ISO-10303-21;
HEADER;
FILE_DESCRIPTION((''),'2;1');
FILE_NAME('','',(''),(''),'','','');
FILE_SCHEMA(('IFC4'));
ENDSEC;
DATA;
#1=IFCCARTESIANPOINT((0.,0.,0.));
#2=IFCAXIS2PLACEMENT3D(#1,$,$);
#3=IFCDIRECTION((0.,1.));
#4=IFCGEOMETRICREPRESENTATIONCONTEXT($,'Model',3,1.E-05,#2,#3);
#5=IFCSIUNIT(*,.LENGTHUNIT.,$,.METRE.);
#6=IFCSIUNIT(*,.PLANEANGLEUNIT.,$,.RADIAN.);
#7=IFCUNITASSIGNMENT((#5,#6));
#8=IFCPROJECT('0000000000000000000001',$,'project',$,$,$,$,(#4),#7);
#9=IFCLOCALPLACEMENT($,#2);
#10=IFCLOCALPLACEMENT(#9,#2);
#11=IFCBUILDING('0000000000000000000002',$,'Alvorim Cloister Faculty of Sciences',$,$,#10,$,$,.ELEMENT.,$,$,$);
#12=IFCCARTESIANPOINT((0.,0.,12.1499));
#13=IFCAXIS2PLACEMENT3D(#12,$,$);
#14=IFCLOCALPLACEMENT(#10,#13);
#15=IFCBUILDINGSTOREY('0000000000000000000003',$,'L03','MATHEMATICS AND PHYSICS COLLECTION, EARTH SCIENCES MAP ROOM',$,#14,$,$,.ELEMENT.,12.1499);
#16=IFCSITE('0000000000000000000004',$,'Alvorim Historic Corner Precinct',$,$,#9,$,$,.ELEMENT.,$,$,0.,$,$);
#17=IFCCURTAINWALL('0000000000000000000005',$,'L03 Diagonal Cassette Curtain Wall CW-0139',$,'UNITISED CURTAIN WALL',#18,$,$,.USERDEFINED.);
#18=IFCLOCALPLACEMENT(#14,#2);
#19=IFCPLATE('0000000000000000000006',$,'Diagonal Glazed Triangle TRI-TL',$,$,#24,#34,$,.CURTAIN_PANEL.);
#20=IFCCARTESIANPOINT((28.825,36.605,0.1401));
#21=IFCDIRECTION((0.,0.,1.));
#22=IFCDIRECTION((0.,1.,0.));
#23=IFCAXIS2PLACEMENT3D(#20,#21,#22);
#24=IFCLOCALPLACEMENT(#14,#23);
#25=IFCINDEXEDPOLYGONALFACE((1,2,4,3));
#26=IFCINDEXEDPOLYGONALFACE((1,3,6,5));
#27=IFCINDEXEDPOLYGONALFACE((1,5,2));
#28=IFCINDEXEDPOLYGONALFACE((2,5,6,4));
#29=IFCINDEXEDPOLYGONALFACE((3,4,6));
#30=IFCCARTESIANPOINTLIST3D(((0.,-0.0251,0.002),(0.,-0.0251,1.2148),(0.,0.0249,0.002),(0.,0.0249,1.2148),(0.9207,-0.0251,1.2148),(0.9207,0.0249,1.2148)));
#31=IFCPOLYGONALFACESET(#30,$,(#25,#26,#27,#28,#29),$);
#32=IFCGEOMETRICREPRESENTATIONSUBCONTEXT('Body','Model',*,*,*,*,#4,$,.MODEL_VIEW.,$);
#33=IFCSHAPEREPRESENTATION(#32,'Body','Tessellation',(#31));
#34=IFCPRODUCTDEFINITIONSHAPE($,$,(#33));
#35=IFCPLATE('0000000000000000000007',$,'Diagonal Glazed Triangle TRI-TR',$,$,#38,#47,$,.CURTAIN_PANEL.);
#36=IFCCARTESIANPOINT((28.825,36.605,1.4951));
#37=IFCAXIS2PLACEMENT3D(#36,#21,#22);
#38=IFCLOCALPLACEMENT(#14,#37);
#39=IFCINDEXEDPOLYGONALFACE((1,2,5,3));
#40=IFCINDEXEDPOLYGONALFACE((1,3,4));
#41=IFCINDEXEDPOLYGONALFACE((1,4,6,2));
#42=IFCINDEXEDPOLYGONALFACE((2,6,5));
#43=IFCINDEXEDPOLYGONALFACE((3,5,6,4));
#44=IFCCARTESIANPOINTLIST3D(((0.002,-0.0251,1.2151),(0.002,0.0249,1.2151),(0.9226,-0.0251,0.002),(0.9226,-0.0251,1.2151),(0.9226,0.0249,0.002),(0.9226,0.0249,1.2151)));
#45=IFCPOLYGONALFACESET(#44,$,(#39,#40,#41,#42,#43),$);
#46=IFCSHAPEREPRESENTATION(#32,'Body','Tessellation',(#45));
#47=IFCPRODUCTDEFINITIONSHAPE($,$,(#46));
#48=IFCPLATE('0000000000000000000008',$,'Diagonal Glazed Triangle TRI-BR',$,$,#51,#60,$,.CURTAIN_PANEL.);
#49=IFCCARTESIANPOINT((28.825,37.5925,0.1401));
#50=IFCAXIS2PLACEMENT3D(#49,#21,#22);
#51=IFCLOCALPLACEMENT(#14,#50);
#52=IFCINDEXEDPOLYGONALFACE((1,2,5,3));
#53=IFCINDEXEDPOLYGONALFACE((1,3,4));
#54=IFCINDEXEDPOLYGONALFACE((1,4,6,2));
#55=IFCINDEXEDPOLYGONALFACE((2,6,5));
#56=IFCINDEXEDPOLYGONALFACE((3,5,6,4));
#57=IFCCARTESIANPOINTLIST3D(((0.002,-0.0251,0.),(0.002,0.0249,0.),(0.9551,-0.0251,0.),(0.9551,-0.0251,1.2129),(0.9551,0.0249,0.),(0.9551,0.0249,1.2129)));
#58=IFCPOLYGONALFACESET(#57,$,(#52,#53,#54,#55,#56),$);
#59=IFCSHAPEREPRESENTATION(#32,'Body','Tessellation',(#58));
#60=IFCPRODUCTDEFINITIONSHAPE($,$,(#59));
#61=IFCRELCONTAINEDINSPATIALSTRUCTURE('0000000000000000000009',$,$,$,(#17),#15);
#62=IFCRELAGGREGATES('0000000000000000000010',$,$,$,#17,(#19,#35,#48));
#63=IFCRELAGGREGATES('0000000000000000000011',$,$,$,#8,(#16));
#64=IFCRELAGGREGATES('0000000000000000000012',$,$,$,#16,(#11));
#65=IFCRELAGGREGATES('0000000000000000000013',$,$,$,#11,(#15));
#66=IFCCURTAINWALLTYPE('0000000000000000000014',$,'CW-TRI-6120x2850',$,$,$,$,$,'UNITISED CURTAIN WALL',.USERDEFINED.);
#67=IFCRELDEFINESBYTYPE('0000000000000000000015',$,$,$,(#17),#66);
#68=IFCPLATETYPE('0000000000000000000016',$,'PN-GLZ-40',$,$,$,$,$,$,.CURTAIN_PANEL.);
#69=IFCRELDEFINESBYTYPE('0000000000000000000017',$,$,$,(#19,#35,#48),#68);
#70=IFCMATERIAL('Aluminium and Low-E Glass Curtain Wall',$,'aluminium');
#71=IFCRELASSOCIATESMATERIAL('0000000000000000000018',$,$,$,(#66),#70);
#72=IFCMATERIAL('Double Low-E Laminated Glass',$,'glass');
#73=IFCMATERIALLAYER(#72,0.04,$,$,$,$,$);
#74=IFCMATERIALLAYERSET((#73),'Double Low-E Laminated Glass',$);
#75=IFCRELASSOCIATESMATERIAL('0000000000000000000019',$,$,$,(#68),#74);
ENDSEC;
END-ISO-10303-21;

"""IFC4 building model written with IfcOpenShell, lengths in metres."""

from ifc_helpers import new_model, si_unit, direction, frame, origin, place, context, subcontext, project, spatial, polyline, outline, extrude, material, layer, layer_set, type_object, element, aggregate, save


model = new_model("IFC4")

# Units and contexts
model_context = context("Model", 3, precision=1e-05, world=origin(), true_north=direction((0.0, 1.0)))
body_context = subcontext(model_context, "Body", "Model", "MODEL_VIEW")
ifc_project = project(units=[si_unit("LENGTHUNIT", "METRE"), si_unit("PLANEANGLEUNIT", "RADIAN")], contexts=[model_context])

# Site, building, storey
site_placement = place(None, origin())
site = spatial("IfcSite", under=ifc_project, at=site_placement, Name="Alvorim Historic Corner Precinct", CompositionType="ELEMENT", RefElevation=0.0)
building_placement = place(site_placement, origin())
building = spatial("IfcBuilding", under=site, at=building_placement, Name="Alvorim Cloister Faculty of Sciences", CompositionType="ELEMENT")
storey_placement = place(building_placement, frame((0.0, 0.0, 12.1499)))
storey = spatial("IfcBuildingStorey", under=building, at=storey_placement, Name="L03", Description="MATHEMATICS AND PHYSICS COLLECTION, EARTH SCIENCES MAP ROOM", CompositionType="ELEMENT", Elevation=12.1499)

# Curtain wall
ifc_material_1 = material(Name="Aluminium and Low-E Glass Curtain Wall", Category="aluminium")
curtain_wall_type_1 = type_object("IfcCurtainWallType", Name="CW-TRI-6120x2850", ElementType="UNITISED CURTAIN WALL", PredefinedType="USERDEFINED", material=ifc_material_1)
curtain_wall_1_placement = place(storey_placement, origin())
curtain_wall_1 = element("IfcCurtainWall", 1, at=curtain_wall_1_placement, inside=storey, type_object=curtain_wall_type_1, Name="L03 Diagonal Cassette Curtain Wall CW-0139", ObjectType="UNITISED CURTAIN WALL", PredefinedType="USERDEFINED")

# Plates
ifc_material_2 = material(Name="Double Low-E Laminated Glass", Category="glass")
ifc_layer_1 = layer(ifc_material_2, 0.04)
ifc_layer_set_1 = layer_set([ifc_layer_1], Name="Double Low-E Laminated Glass")
plate_type_1 = type_object("IfcPlateType", Name="PN-GLZ-40", PredefinedType="CURTAIN_PANEL", material=ifc_layer_set_1)
plate_1_placement = place(storey_placement, frame((28.825, 36.605, 0.1401), z_axis=(0.0, 0.0, 1.0), x_axis=(0.0, 1.0, 0.0)))
plate_1 = element("IfcPlate", 2, at=plate_1_placement, type_object=plate_type_1, Name="Diagonal Glazed Triangle TRI-TL", PredefinedType="CURTAIN_PANEL", context=body_context, shape_type="SweptSolid", body=[
    extrude(outline(polyline([(0.9207, 1.2148), (0.0, 1.2148), (0.0, 0.002), (0.9207, 1.2148)])), frame((0.0, 0.0249, 0.0), z_axis=(0.0, -1.0, 0.0), x_axis=(1.0, 0.0, 0.0)), (0.0, 0.0, 1.0), 0.05),
])
plate_2_placement = place(storey_placement, frame((28.825, 36.605, 1.4951), z_axis=(0.0, 0.0, 1.0), x_axis=(0.0, 1.0, 0.0)))
plate_2 = element("IfcPlate", 3, at=plate_2_placement, type_object=plate_type_1, Name="Diagonal Glazed Triangle TRI-TR", PredefinedType="CURTAIN_PANEL", context=body_context, shape_type="SweptSolid", body=[
    extrude(outline(polyline([(0.9226, 0.002), (0.9226, 1.2151), (0.002, 1.2151), (0.9226, 0.002)])), frame((0.0, 0.0249, 0.0), z_axis=(0.0, -1.0, 0.0), x_axis=(1.0, 0.0, 0.0)), (0.0, 0.0, 1.0), 0.05),
])
plate_3_placement = place(storey_placement, frame((28.825, 37.5925, 0.1401), z_axis=(0.0, 0.0, 1.0), x_axis=(0.0, 1.0, 0.0)))
plate_3 = element("IfcPlate", 4, at=plate_3_placement, type_object=plate_type_1, Name="Diagonal Glazed Triangle TRI-BR", PredefinedType="CURTAIN_PANEL", context=body_context, shape_type="SweptSolid", body=[
    extrude(outline(polyline([(0.002, 0.0), (0.9551, 0.0), (0.9551, 1.2129), (0.002, 0.0)])), frame((0.0, 0.0249, 0.0), z_axis=(0.0, -1.0, 0.0), x_axis=(1.0, 0.0, 0.0)), (0.0, 0.0, 1.0), 0.05),
])
aggregate(curtain_wall_1, [plate_1, plate_2, plate_3])

save(model, "model.ifc")
